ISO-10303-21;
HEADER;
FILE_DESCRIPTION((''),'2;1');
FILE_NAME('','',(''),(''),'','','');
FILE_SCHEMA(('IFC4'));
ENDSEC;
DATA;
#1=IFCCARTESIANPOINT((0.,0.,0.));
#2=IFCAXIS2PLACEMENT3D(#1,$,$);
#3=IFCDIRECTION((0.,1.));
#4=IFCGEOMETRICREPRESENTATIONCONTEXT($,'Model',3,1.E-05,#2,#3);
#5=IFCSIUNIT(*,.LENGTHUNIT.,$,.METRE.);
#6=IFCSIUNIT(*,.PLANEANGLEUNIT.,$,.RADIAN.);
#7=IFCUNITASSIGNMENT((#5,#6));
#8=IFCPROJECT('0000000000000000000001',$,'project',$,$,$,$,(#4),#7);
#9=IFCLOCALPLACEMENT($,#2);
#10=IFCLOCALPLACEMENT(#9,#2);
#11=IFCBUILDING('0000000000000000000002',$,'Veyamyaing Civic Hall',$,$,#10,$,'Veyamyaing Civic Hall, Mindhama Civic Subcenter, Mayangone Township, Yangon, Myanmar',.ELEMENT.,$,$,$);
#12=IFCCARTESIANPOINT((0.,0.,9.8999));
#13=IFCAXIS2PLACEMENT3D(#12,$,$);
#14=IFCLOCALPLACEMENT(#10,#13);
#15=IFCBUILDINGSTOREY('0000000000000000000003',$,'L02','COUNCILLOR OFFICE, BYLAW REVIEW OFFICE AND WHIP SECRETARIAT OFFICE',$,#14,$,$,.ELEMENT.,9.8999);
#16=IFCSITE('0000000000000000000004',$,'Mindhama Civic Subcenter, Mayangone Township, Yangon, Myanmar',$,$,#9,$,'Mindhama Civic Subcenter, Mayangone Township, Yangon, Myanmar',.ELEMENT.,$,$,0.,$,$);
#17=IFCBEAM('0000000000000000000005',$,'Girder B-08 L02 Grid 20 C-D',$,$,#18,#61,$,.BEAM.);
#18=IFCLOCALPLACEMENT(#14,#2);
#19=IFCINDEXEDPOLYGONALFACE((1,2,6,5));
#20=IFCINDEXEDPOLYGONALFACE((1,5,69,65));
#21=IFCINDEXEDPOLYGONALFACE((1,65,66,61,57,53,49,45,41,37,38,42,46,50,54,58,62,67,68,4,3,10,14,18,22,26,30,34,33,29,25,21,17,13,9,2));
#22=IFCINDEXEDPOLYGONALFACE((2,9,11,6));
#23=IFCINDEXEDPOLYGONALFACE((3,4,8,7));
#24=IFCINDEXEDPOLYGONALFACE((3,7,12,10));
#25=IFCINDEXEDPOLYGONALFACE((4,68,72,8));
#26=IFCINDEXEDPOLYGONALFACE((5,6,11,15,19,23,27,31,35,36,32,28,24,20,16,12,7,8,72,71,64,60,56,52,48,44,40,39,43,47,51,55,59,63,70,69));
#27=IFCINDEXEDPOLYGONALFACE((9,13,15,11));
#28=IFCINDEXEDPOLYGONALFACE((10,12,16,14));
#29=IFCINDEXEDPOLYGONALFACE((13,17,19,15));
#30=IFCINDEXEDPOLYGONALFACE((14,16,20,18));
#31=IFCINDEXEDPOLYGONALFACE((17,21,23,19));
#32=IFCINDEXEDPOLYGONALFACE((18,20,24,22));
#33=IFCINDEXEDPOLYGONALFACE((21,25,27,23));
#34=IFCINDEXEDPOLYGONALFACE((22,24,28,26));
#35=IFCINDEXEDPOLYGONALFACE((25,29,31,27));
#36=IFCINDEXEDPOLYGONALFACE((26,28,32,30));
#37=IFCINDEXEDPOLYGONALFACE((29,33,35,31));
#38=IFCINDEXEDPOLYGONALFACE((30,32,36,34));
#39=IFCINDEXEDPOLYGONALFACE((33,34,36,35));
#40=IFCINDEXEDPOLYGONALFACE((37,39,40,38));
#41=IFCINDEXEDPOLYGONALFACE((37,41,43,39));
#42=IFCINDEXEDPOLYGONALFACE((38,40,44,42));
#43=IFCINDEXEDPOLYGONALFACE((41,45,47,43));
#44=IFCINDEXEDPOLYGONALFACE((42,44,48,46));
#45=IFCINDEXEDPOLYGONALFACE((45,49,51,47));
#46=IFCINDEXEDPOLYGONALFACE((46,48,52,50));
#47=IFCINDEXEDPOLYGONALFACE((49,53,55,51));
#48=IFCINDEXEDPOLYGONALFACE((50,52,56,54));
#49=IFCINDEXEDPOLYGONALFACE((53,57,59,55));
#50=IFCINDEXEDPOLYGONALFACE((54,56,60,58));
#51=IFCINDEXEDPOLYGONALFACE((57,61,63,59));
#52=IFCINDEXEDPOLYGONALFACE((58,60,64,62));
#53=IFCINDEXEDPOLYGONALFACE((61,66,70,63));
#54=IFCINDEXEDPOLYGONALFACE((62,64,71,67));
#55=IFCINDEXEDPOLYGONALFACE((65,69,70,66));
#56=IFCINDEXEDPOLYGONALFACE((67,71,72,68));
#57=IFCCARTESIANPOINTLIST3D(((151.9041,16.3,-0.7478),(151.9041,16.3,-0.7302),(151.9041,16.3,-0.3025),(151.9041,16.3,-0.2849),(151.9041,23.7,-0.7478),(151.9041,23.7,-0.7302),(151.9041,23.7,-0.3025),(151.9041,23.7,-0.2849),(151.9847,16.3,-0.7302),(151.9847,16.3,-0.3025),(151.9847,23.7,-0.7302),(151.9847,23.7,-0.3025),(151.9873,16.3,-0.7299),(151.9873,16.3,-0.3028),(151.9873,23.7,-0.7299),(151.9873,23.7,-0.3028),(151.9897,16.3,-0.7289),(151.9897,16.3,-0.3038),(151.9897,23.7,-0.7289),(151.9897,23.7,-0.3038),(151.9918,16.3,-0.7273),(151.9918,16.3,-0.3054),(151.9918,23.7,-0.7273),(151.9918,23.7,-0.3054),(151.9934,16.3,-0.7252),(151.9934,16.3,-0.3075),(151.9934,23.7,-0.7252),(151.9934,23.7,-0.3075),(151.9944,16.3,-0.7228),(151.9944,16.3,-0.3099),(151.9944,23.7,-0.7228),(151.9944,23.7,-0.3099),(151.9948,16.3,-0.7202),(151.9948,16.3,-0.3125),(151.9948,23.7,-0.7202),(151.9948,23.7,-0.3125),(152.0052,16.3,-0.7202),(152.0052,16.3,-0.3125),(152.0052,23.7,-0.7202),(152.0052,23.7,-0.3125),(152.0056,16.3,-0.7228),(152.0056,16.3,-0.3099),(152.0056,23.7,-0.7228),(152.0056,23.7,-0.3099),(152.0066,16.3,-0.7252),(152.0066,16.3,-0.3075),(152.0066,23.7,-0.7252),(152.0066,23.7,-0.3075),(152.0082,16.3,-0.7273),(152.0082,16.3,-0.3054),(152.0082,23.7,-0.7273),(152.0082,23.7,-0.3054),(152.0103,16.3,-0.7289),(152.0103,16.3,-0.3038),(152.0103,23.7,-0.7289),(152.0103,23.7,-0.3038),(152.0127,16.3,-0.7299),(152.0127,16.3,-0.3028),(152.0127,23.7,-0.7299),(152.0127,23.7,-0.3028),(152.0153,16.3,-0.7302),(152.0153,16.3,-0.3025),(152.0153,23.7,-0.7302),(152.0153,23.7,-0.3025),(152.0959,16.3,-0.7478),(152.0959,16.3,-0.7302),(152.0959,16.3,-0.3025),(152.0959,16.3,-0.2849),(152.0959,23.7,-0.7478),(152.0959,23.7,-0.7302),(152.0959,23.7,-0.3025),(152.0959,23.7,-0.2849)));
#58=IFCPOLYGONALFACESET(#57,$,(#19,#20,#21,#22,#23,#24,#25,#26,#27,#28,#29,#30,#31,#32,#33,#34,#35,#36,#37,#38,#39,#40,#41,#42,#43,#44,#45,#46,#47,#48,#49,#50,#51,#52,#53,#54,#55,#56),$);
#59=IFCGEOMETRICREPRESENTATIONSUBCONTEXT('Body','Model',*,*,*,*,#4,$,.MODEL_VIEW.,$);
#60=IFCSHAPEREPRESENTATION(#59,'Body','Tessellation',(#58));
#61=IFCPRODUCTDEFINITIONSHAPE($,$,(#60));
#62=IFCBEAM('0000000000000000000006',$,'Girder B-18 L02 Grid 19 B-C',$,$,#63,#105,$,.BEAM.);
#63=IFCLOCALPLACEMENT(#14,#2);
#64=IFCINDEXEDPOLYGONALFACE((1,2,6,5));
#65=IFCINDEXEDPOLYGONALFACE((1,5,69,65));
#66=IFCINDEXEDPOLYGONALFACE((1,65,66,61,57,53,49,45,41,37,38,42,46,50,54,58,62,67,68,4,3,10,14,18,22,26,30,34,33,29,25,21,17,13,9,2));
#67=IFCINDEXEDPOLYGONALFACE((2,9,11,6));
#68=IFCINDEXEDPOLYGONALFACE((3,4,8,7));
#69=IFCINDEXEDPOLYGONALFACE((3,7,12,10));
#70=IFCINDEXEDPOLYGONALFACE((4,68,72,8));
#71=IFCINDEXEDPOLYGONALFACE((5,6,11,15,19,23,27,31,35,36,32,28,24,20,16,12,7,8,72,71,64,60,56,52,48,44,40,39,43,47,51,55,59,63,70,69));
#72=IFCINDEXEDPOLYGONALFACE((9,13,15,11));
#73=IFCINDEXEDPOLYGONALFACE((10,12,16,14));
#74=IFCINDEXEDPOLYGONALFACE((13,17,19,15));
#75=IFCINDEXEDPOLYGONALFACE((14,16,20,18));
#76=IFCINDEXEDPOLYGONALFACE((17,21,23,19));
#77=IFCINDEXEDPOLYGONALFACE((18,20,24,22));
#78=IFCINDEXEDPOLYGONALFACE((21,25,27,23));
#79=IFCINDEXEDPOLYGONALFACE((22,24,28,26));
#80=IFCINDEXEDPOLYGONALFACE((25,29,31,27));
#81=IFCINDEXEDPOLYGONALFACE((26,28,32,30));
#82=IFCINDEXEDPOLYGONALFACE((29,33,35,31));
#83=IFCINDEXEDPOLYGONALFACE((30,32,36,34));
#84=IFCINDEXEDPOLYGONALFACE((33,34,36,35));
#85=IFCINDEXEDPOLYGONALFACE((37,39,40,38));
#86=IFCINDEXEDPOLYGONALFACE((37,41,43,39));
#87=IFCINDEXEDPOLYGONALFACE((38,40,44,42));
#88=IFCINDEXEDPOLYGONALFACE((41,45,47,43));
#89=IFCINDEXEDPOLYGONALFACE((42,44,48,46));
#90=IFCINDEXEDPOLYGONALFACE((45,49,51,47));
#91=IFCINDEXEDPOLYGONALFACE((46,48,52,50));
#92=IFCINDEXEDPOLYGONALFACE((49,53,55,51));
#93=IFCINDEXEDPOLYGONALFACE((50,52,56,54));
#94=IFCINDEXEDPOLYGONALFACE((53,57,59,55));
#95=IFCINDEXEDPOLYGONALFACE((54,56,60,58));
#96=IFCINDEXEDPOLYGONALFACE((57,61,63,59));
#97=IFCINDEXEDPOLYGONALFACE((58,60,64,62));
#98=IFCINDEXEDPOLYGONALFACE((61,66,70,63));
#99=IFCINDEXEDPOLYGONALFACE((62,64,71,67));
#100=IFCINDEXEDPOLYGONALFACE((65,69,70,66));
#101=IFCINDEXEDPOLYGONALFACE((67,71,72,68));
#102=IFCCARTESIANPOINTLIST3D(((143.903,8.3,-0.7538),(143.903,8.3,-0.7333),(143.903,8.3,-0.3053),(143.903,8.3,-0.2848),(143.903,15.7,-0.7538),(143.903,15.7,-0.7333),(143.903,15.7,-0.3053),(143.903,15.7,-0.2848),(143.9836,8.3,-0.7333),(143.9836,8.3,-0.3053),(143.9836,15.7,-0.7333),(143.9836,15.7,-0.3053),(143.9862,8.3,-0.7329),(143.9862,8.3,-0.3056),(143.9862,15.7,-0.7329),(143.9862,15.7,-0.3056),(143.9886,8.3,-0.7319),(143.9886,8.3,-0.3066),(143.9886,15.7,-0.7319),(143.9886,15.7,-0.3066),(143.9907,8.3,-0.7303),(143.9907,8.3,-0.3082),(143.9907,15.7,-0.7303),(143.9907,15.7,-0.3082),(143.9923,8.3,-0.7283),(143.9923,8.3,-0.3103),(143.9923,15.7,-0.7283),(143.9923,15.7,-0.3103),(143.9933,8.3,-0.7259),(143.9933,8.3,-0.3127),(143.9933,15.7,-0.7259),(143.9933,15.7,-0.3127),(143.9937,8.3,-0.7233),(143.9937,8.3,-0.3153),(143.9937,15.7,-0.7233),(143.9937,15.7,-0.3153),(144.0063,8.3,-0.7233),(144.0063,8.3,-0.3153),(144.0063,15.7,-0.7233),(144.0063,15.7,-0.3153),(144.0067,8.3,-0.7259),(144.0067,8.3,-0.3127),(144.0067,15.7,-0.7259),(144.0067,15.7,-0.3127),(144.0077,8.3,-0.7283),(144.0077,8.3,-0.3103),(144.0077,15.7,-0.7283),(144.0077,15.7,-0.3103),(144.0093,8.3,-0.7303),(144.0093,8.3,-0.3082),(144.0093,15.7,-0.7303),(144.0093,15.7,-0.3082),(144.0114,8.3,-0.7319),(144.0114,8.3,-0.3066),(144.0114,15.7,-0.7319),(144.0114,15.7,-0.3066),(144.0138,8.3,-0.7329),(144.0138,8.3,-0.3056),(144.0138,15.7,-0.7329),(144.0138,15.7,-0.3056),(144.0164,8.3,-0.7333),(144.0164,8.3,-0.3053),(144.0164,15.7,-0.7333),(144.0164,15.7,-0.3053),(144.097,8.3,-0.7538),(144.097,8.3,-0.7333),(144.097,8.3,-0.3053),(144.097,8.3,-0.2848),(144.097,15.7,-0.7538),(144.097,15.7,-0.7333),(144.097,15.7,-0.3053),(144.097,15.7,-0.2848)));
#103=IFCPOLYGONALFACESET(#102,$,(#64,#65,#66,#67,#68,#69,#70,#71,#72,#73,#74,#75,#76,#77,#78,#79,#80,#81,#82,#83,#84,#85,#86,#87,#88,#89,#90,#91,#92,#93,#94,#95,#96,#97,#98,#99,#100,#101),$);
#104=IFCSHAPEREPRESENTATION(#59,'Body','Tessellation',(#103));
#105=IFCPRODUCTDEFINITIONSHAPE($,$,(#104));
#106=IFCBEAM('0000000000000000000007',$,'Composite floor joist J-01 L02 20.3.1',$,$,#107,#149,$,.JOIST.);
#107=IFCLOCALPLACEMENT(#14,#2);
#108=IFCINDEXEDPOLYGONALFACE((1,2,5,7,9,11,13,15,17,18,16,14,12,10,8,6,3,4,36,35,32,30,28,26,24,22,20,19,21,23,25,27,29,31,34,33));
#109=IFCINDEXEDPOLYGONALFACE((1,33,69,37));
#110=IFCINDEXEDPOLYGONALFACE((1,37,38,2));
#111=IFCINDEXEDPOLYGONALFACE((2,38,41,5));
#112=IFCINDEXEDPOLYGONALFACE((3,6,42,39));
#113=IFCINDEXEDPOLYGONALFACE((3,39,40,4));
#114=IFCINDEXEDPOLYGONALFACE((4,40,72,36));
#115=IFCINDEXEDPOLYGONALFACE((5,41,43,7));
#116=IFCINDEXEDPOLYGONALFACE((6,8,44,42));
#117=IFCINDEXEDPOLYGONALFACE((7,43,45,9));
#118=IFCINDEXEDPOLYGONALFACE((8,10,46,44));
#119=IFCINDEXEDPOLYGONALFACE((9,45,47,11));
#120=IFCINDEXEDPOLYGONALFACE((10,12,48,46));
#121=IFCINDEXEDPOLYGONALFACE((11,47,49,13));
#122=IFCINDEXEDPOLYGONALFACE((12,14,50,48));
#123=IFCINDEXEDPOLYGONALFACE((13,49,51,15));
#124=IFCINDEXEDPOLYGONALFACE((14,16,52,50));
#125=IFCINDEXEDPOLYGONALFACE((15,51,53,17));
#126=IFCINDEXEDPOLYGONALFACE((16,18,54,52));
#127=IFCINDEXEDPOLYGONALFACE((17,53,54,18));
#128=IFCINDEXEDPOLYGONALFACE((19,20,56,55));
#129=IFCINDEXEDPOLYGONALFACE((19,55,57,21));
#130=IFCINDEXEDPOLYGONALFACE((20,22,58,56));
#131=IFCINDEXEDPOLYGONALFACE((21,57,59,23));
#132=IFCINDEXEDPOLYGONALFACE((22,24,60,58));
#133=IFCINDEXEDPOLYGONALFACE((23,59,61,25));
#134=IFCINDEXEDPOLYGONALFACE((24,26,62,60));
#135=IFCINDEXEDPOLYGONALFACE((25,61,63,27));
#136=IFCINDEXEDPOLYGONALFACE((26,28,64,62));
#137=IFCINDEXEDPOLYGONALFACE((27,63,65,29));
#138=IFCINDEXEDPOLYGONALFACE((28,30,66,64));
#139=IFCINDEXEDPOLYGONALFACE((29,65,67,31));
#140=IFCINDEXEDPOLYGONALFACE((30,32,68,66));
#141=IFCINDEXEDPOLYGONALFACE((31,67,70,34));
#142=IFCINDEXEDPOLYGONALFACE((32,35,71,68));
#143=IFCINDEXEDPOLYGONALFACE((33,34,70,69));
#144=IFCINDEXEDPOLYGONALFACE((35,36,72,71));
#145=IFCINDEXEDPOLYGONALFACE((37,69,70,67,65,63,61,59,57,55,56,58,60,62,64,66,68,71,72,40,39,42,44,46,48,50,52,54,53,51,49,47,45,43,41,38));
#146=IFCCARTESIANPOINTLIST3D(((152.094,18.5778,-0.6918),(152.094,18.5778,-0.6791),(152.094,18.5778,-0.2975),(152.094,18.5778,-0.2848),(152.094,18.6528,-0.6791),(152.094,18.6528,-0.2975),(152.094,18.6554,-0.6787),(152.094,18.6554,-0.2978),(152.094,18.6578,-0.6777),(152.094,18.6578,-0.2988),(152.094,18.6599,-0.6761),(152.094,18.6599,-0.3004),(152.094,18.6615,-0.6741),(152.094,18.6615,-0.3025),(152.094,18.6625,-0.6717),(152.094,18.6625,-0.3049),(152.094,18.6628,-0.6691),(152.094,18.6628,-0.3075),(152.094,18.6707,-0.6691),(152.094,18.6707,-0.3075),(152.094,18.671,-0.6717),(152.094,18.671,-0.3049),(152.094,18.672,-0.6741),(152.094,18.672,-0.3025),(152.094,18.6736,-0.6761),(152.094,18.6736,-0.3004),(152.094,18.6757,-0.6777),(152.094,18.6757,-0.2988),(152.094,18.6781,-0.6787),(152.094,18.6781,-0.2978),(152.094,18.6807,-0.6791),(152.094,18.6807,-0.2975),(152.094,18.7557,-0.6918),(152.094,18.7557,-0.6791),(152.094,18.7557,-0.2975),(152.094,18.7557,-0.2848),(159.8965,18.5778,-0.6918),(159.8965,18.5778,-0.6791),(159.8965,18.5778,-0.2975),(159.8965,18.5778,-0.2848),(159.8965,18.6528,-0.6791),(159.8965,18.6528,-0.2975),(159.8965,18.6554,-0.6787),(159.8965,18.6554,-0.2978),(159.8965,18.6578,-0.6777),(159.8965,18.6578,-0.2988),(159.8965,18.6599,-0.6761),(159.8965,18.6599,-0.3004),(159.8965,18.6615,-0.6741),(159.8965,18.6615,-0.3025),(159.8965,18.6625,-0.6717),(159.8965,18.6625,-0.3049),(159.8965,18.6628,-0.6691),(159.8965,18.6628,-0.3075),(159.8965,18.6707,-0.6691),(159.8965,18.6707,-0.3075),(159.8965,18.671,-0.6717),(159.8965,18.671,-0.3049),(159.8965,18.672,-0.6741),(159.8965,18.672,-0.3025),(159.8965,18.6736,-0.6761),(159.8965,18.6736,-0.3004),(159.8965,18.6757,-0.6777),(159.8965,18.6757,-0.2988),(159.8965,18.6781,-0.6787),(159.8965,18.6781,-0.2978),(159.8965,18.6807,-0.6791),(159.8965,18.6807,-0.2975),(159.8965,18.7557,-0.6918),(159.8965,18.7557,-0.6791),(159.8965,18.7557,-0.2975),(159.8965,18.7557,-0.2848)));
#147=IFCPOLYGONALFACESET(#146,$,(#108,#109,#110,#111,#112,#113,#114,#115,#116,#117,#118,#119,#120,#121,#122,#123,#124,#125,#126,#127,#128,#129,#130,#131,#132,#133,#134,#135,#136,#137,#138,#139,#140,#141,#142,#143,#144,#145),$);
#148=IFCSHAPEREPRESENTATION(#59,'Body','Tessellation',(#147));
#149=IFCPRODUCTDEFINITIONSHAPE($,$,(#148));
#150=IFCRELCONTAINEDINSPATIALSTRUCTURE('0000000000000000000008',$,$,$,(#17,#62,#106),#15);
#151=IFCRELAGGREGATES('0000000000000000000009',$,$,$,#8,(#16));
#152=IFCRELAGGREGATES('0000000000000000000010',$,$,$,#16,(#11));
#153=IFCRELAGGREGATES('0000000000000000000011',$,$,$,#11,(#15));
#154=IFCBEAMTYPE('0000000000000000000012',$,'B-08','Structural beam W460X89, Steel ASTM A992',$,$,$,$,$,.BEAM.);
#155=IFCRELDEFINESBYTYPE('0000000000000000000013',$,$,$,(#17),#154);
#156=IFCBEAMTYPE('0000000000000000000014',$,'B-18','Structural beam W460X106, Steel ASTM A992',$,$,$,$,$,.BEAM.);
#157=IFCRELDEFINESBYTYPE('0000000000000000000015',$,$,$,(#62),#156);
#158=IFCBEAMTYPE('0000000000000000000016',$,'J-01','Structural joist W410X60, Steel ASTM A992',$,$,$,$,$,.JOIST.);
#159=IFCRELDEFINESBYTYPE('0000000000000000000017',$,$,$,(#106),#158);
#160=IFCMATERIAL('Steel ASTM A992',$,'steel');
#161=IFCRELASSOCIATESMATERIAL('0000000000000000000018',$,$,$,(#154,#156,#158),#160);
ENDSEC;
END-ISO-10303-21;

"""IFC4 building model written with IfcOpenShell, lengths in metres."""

from ifc_helpers import new_model, si_unit, direction, frame, origin, origin_2d, place, context, subcontext, project, spatial, i_section, extrude, material, material_profile, profile_set, type_object, element, save


model = new_model("IFC4")

# Units and contexts
model_context = context("Model", 3, precision=1e-05, world=origin(), true_north=direction((0.0, 1.0)))
body_context = subcontext(model_context, "Body", "Model", "MODEL_VIEW")
ifc_project = project(units=[si_unit("LENGTHUNIT", "METRE"), si_unit("PLANEANGLEUNIT", "RADIAN")], contexts=[model_context])

# Site, building, storey
site_placement = place(None, origin())
site = spatial("IfcSite", under=ifc_project, at=site_placement, Name="Mindhama Civic Subcenter, Mayangone Township, Yangon, Myanmar", LongName="Mindhama Civic Subcenter, Mayangone Township, Yangon, Myanmar", CompositionType="ELEMENT", RefElevation=0.0)
building_placement = place(site_placement, origin())
building = spatial("IfcBuilding", under=site, at=building_placement, Name="Veyamyaing Civic Hall", LongName="Veyamyaing Civic Hall, Mindhama Civic Subcenter, Mayangone Township, Yangon, Myanmar", CompositionType="ELEMENT")
storey_placement = place(building_placement, frame((0.0, 0.0, 9.8999)))
storey = spatial("IfcBuildingStorey", under=building, at=storey_placement, Name="L02", Description="COUNCILLOR OFFICE, BYLAW REVIEW OFFICE AND WHIP SECRETARIAT OFFICE", CompositionType="ELEMENT", Elevation=9.8999)

# Beams
ifc_material_1 = material(Name="Steel ASTM A992", Category="steel")
ifc_material_profile_1 = material_profile(ifc_material_1, i_section(OverallWidth=0.1919, OverallDepth=0.4629, WebThickness=0.0105, FlangeThickness=0.0176, FilletRadius=0.01, at=origin_2d()), Name="W460X89")
ifc_profile_set_1 = profile_set([ifc_material_profile_1], Name="Steel ASTM A992")
beam_type_1 = type_object("IfcBeamType", Name="B-08", Description="Structural beam W460X89, Steel ASTM A992", PredefinedType="BEAM", material=ifc_profile_set_1)
beam_1_placement = place(storey_placement, frame((152.0, 16.3, -0.5164), z_axis=(0.0, 1.0, 0.0), x_axis=(-1.0, 0.0, 0.0)))
element("IfcBeam", 1, at=beam_1_placement, inside=storey, type_object=beam_type_1, Name="Girder B-08 L02 Grid 20 C-D", PredefinedType="BEAM", context=body_context, shape_type="SweptSolid", body=[
    extrude(i_section(OverallWidth=0.1919, OverallDepth=0.4629, WebThickness=0.0105, FlangeThickness=0.0176, FilletRadius=0.01, at=origin_2d()), origin(), (0.0, 0.0, 1.0), 7.3999),
])
ifc_material_profile_2 = material_profile(ifc_material_1, i_section(OverallWidth=0.1941, OverallDepth=0.469, WebThickness=0.0127, FlangeThickness=0.0205, FilletRadius=0.01, at=origin_2d()), Name="W460X106")
ifc_profile_set_2 = profile_set([ifc_material_profile_2], Name="Steel ASTM A992")
beam_type_2 = type_object("IfcBeamType", Name="B-18", Description="Structural beam W460X106, Steel ASTM A992", PredefinedType="BEAM", material=ifc_profile_set_2)
beam_2_placement = place(storey_placement, frame((144.0, 8.3, -0.5193), z_axis=(0.0, 1.0, 0.0), x_axis=(-1.0, 0.0, 0.0)))
element("IfcBeam", 2, at=beam_2_placement, inside=storey, type_object=beam_type_2, Name="Girder B-18 L02 Grid 19 B-C", PredefinedType="BEAM", context=body_context, shape_type="SweptSolid", body=[
    extrude(i_section(OverallWidth=0.1941, OverallDepth=0.469, WebThickness=0.0127, FlangeThickness=0.0205, FilletRadius=0.01, at=origin_2d()), origin(), (0.0, 0.0, 1.0), 7.3999),
])
ifc_material_profile_3 = material_profile(ifc_material_1, i_section(OverallWidth=0.178, OverallDepth=0.407, WebThickness=0.0078, FlangeThickness=0.0127, FilletRadius=0.01, at=origin_2d()), Name="W410X60")
ifc_profile_set_3 = profile_set([ifc_material_profile_3], Name="Steel ASTM A992")
beam_type_3 = type_object("IfcBeamType", Name="J-01", Description="Structural joist W410X60, Steel ASTM A992", PredefinedType="JOIST", material=ifc_profile_set_3)
beam_3_placement = place(storey_placement, frame((152.094, 18.6667, -0.4883), z_axis=(1.0, 0.0, 0.0), x_axis=(0.0, 1.0, 0.0)))
element("IfcBeam", 3, at=beam_3_placement, inside=storey, type_object=beam_type_3, Name="Composite floor joist J-01 L02 20.3.1", PredefinedType="JOIST", context=body_context, shape_type="SweptSolid", body=[
    extrude(i_section(OverallWidth=0.178, OverallDepth=0.407, WebThickness=0.0078, FlangeThickness=0.0127, FilletRadius=0.01, at=origin_2d()), origin(), (0.0, 0.0, 1.0), 7.8025),
])

save(model, "model.ifc")
